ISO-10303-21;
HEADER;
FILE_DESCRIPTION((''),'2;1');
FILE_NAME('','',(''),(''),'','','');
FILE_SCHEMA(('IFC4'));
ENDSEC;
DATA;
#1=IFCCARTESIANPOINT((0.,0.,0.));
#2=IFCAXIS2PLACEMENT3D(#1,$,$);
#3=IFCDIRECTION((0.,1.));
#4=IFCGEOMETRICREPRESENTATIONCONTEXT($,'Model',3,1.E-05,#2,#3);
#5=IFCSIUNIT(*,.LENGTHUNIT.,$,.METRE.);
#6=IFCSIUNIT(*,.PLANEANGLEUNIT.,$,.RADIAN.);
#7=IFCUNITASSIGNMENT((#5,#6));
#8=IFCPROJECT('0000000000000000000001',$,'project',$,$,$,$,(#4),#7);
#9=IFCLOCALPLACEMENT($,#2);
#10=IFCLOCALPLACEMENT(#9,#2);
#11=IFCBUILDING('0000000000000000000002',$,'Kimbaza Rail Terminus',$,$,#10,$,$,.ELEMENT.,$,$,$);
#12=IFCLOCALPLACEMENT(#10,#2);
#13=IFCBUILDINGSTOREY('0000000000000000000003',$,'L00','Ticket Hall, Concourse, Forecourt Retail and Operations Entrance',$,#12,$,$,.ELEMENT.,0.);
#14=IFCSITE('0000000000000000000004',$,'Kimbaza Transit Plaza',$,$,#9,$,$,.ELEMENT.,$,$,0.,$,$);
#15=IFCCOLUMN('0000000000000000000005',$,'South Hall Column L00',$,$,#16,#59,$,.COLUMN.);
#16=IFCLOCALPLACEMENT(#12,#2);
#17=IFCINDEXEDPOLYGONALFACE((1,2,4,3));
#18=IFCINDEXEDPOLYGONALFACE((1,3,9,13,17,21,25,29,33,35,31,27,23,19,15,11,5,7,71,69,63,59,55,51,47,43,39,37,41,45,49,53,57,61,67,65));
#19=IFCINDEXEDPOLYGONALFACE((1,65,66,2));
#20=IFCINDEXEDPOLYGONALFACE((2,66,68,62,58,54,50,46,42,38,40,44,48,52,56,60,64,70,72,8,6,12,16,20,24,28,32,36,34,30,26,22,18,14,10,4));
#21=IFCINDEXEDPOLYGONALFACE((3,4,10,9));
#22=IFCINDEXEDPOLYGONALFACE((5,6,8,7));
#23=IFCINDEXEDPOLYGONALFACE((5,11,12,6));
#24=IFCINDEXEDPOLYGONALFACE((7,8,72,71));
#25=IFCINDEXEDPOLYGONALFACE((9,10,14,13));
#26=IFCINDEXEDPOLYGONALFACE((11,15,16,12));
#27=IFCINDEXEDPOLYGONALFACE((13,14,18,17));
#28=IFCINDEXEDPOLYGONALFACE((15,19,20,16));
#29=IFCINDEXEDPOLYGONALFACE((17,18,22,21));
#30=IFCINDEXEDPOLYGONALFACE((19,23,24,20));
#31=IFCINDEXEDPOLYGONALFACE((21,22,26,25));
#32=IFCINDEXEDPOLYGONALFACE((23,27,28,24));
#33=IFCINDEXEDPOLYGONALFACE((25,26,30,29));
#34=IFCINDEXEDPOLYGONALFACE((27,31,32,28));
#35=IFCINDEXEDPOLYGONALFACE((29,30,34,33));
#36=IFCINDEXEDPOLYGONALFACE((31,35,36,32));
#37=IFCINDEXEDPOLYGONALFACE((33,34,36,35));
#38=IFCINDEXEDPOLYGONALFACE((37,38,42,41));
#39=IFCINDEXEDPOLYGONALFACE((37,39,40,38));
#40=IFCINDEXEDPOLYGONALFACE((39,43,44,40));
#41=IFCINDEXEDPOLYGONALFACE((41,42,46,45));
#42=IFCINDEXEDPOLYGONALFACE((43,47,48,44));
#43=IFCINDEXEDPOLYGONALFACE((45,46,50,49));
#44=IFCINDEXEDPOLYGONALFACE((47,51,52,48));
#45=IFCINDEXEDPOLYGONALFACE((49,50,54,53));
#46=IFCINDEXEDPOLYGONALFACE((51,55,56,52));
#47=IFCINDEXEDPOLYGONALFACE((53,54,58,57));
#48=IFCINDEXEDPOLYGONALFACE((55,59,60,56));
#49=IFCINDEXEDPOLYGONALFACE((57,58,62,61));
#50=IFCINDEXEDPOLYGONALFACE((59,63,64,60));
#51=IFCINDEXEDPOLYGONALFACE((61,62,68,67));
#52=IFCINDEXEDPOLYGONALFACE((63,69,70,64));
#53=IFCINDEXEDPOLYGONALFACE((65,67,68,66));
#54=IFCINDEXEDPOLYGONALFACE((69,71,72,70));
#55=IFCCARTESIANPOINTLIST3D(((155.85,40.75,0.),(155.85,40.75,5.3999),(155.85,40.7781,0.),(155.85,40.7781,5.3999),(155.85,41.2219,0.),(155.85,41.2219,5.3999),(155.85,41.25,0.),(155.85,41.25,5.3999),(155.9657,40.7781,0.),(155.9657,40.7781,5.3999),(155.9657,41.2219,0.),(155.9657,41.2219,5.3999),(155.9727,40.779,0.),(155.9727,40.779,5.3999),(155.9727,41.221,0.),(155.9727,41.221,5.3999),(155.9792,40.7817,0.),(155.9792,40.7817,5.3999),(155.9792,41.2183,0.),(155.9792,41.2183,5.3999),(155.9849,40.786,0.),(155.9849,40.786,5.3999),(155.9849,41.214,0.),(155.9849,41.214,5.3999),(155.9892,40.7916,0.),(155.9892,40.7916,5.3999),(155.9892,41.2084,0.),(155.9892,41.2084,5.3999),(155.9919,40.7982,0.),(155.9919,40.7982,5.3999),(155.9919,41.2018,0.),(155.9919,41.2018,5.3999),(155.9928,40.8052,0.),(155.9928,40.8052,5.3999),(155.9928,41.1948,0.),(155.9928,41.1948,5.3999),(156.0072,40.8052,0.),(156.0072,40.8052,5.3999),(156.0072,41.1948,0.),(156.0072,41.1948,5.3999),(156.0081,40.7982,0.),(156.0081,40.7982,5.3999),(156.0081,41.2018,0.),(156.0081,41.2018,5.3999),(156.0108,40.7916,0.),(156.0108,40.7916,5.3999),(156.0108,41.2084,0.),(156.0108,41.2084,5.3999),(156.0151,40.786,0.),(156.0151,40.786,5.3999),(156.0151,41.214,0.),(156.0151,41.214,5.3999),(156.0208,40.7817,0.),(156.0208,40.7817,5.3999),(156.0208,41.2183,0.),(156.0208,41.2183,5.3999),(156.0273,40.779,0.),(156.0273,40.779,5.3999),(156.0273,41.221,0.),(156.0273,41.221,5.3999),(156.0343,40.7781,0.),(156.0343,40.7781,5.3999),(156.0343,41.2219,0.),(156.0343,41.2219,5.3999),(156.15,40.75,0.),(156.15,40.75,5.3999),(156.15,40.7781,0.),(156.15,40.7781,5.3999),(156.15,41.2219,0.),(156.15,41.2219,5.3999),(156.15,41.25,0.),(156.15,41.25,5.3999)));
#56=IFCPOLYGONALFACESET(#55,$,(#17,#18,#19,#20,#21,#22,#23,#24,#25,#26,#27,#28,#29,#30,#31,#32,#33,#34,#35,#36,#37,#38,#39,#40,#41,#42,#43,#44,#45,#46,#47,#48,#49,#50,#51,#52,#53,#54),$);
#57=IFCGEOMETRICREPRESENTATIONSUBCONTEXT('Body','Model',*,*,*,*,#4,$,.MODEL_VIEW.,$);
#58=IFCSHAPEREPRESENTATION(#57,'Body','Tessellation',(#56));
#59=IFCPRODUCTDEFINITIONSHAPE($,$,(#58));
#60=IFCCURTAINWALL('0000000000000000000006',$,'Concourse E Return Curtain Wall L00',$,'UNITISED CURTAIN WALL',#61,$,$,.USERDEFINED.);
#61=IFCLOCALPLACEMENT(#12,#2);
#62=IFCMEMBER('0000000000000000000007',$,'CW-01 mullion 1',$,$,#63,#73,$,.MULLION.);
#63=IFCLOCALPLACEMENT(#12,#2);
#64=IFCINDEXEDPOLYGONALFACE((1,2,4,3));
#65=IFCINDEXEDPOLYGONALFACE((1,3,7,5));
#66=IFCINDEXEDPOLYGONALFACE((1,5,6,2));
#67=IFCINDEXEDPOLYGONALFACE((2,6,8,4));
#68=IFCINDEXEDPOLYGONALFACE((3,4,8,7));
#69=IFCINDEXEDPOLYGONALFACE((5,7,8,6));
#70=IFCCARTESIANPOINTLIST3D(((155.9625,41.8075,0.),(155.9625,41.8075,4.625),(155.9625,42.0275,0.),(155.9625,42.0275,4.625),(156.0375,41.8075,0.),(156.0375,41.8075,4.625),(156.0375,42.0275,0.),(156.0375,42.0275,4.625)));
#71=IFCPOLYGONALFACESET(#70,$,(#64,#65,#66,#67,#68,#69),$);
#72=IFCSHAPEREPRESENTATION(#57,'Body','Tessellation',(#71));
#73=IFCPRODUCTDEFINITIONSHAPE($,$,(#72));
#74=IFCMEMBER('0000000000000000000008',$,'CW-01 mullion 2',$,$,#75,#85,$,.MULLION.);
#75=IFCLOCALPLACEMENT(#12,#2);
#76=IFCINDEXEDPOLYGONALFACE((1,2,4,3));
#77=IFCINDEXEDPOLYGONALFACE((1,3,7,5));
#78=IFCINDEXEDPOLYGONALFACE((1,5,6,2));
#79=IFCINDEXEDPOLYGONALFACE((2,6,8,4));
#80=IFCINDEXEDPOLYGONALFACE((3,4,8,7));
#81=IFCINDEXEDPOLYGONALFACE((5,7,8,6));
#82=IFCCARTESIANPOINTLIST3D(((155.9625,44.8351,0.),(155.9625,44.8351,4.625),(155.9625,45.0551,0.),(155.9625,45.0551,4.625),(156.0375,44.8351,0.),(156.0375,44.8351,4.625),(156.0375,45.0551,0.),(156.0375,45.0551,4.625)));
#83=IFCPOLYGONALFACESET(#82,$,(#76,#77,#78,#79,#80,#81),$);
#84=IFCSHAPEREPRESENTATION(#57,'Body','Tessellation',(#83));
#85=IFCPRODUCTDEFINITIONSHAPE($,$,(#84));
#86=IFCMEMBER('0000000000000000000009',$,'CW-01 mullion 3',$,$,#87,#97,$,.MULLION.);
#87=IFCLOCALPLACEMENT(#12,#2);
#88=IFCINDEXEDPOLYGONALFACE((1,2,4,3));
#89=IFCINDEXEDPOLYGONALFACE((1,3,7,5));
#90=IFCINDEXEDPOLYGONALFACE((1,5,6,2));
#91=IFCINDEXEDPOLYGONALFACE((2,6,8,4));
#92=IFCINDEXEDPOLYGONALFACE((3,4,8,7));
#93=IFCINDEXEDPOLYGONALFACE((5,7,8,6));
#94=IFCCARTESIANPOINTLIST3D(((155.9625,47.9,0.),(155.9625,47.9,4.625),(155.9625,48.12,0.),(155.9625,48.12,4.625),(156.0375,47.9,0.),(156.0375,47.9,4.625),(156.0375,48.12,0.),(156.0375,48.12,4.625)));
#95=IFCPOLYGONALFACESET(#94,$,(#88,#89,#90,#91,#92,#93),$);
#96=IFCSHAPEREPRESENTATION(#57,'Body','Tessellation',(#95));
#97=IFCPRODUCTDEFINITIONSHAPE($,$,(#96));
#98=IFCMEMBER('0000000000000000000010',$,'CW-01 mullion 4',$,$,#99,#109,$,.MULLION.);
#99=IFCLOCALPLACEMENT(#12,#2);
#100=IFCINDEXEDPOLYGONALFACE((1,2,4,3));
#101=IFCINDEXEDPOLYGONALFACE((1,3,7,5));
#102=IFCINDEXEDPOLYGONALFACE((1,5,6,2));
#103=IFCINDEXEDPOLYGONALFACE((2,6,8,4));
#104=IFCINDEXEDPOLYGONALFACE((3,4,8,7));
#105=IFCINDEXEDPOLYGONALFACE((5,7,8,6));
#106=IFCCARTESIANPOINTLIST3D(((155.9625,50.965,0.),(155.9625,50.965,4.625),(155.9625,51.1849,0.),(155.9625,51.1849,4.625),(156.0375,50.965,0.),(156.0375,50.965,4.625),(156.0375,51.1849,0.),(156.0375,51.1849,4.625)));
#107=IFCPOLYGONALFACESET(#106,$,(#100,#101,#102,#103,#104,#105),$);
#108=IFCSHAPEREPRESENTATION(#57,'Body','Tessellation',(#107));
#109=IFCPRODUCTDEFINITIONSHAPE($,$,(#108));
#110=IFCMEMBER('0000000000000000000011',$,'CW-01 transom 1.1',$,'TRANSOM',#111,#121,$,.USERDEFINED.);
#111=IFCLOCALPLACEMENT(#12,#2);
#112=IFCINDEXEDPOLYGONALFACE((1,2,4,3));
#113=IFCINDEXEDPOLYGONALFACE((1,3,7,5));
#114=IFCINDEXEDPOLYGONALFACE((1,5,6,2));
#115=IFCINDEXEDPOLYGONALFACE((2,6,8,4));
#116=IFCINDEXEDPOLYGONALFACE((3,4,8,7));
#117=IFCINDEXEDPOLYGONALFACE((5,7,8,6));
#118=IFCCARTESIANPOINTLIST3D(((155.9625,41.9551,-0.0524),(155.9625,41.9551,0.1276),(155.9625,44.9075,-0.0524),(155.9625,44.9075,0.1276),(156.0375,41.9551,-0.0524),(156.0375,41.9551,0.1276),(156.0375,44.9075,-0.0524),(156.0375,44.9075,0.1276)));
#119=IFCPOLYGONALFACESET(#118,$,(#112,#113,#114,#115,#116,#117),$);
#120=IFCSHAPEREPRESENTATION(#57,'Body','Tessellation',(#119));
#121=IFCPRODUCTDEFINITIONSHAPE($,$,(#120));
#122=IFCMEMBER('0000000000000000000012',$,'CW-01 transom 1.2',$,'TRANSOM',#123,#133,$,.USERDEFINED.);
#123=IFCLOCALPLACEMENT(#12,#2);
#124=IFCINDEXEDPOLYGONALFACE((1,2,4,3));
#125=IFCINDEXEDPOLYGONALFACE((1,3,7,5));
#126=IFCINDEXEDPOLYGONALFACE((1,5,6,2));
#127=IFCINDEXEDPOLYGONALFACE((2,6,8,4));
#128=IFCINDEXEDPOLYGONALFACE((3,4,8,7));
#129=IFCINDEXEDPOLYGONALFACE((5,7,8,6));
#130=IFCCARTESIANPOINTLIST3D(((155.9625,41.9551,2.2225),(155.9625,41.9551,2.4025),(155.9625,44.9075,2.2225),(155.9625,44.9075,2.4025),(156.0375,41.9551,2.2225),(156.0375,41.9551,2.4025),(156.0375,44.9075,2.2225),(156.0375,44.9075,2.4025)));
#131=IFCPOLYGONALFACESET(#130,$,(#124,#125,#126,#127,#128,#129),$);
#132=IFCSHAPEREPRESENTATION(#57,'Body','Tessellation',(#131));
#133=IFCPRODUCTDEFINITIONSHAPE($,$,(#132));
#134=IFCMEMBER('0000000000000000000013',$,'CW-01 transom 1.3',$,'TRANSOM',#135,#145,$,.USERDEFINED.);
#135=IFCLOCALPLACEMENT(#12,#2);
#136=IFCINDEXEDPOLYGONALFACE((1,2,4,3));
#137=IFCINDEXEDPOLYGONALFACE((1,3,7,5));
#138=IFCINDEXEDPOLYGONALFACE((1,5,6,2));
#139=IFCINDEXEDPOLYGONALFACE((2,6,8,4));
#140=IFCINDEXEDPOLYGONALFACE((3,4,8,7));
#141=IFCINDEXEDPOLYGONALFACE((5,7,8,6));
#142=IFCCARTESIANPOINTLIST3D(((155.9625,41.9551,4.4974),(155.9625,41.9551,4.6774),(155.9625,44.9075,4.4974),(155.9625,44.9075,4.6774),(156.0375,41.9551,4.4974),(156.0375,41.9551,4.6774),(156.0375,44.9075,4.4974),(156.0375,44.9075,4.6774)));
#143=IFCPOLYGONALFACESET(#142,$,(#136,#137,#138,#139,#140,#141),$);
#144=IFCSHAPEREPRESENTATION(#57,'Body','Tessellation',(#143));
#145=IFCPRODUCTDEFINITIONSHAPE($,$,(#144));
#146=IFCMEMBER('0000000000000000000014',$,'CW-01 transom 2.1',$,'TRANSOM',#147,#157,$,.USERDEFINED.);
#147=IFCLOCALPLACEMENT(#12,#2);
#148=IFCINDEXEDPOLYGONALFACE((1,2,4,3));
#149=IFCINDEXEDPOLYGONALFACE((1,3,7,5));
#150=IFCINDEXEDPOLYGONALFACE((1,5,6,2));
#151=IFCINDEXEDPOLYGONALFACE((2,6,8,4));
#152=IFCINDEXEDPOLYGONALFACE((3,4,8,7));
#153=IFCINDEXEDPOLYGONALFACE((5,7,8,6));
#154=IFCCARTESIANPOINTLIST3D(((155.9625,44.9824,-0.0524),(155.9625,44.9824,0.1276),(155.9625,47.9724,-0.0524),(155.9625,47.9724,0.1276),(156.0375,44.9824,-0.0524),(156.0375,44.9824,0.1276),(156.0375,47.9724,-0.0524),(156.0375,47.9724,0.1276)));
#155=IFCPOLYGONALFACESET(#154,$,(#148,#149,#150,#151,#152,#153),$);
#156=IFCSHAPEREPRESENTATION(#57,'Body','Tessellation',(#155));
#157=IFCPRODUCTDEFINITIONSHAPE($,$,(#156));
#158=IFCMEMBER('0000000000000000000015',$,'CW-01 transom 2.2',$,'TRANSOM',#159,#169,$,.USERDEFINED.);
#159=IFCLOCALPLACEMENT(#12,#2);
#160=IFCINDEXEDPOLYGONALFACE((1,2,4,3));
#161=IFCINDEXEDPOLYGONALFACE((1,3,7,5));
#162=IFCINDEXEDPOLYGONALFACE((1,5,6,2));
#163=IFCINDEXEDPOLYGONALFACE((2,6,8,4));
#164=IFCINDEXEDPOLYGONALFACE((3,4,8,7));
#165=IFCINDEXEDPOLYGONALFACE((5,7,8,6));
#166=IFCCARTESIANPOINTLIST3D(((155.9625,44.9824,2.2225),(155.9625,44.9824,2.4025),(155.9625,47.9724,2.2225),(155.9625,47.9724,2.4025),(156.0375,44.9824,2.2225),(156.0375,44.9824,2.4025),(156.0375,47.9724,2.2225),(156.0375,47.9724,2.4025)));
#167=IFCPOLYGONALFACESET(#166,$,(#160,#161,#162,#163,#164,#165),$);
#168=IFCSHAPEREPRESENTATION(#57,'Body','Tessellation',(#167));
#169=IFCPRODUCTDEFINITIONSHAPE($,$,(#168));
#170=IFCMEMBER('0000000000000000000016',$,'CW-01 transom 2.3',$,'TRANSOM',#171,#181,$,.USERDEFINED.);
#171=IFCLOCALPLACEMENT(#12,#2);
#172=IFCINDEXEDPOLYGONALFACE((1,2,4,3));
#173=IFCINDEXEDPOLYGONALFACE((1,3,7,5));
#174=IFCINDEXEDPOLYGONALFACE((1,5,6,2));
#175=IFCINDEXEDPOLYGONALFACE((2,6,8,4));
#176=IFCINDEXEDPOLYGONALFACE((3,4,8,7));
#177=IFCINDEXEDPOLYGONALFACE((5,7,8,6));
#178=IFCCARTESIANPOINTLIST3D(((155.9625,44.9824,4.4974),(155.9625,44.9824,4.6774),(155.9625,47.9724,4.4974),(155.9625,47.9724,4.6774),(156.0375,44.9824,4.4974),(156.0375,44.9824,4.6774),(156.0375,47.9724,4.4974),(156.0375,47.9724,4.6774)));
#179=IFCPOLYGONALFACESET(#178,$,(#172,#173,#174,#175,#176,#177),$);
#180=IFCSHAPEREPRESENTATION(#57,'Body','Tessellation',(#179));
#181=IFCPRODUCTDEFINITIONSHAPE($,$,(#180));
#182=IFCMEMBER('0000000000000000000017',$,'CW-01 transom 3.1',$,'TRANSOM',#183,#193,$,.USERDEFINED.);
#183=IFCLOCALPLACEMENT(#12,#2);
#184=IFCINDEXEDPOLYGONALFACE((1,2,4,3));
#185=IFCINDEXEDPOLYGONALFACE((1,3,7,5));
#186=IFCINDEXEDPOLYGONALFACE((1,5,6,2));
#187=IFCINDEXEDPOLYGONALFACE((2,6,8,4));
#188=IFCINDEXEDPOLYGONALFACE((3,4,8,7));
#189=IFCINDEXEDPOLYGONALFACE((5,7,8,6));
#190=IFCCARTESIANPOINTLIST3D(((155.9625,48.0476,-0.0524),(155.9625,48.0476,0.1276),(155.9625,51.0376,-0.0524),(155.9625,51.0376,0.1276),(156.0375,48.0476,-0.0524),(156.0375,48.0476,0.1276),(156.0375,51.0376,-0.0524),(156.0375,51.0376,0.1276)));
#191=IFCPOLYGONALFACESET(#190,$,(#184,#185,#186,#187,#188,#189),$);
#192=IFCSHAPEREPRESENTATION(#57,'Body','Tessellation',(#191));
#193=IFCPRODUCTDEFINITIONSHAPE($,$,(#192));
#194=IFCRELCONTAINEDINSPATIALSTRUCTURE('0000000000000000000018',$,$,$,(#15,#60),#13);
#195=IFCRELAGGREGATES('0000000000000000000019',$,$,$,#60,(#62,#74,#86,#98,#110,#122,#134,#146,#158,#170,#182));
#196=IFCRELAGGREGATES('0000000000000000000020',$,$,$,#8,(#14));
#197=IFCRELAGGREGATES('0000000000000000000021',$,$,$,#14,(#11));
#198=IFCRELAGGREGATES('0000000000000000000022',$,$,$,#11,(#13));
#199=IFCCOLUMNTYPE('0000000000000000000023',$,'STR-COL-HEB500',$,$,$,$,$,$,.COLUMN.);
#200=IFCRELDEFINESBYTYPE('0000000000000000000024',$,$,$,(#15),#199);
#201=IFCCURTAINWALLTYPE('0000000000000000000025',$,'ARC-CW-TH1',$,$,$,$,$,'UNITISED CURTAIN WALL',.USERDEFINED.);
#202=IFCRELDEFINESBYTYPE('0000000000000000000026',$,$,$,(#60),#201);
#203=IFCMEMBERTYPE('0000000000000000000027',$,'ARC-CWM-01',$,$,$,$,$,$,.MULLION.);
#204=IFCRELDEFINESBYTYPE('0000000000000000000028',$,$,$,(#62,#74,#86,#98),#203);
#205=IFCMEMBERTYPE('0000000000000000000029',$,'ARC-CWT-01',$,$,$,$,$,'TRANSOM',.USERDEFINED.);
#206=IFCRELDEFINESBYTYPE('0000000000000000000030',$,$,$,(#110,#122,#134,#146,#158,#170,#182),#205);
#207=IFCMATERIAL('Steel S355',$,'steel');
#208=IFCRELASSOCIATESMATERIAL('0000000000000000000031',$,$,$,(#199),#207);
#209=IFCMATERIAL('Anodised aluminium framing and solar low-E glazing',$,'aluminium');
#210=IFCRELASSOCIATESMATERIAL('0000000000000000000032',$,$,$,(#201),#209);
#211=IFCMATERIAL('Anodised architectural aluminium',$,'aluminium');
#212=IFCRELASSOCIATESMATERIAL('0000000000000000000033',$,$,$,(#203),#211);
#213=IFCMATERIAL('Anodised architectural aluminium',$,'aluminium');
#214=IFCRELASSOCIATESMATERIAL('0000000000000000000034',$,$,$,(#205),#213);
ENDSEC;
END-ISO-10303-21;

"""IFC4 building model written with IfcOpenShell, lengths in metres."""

from ifc_helpers import new_model, si_unit, direction, frame, origin, origin_2d, place, context, subcontext, project, spatial, rectangle, i_section, extrude, material, material_profile, profile_set, type_object, element, aggregate, save


model = new_model("IFC4")

# Units and contexts
model_context = context("Model", 3, precision=1e-05, world=origin(), true_north=direction((0.0, 1.0)))
body_context = subcontext(model_context, "Body", "Model", "MODEL_VIEW")
ifc_project = project(units=[si_unit("LENGTHUNIT", "METRE"), si_unit("PLANEANGLEUNIT", "RADIAN")], contexts=[model_context])

# Site, building, storey
site_placement = place(None, origin())
site = spatial("IfcSite", under=ifc_project, at=site_placement, Name="Kimbaza Transit Plaza", CompositionType="ELEMENT", RefElevation=0.0)
building_placement = place(site_placement, origin())
building = spatial("IfcBuilding", under=site, at=building_placement, Name="Kimbaza Rail Terminus", CompositionType="ELEMENT")
storey_placement = place(building_placement, origin())
storey = spatial("IfcBuildingStorey", under=building, at=storey_placement, Name="L00", Description="Ticket Hall, Concourse, Forecourt Retail and Operations Entrance", CompositionType="ELEMENT", Elevation=0.0)

# Column
ifc_material_1 = material(Name="Steel S355", Category="steel")
ifc_material_profile_1 = material_profile(ifc_material_1, i_section(OverallWidth=0.3, OverallDepth=0.5, WebThickness=0.0144, FlangeThickness=0.0281, FilletRadius=0.0271, at=origin_2d()), Name="HEB 500")
ifc_profile_set_1 = profile_set([ifc_material_profile_1], Name="Steel S355")
column_type = type_object("IfcColumnType", Name="STR-COL-HEB500", PredefinedType="COLUMN", material=ifc_profile_set_1)
column_placement = place(storey_placement, frame((156.0, 41.0, 0.0), z_axis=(0.0, 0.0, 1.0), x_axis=(1.0, 0.0, 0.0)))
element("IfcColumn", 1, at=column_placement, inside=storey, type_object=column_type, Name="South Hall Column L00", PredefinedType="COLUMN", context=body_context, shape_type="SweptSolid", body=[
    extrude(i_section(OverallWidth=0.3, OverallDepth=0.5, WebThickness=0.0144, FlangeThickness=0.0281, FilletRadius=0.0271, at=origin_2d()), origin(), (0.0, 0.0, 1.0), 5.3999),
])

# Curtain wall, members
ifc_material_2 = material(Name="Anodised aluminium framing and solar low-E glazing", Category="aluminium")
curtain_wall_type = type_object("IfcCurtainWallType", Name="ARC-CW-TH1", ElementType="UNITISED CURTAIN WALL", PredefinedType="USERDEFINED", material=ifc_material_2)
curtain_wall_placement = place(storey_placement, origin())
curtain_wall = element("IfcCurtainWall", 2, at=curtain_wall_placement, inside=storey, type_object=curtain_wall_type, Name="Concourse E Return Curtain Wall L00", ObjectType="UNITISED CURTAIN WALL", PredefinedType="USERDEFINED")
ifc_material_3 = material(Name="Anodised architectural aluminium", Category="aluminium")
ifc_material_profile_2 = material_profile(ifc_material_3, rectangle(XDim=0.075, YDim=0.22, at=origin_2d()), Name="MULLION 75x220")
ifc_profile_set_2 = profile_set([ifc_material_profile_2], Name="Anodised architectural aluminium")
member_type_1 = type_object("IfcMemberType", Name="ARC-CWM-01", PredefinedType="MULLION", material=ifc_profile_set_2)
member_1_placement = place(storey_placement, frame((156.0, 41.9175, 0.0), z_axis=(0.0, 0.0, 1.0), x_axis=(-1.0, 0.0, 0.0)))
member_1 = element("IfcMember", 3, at=member_1_placement, type_object=member_type_1, Name="CW-01 mullion 1", PredefinedType="MULLION", context=body_context, shape_type="SweptSolid", body=[
    extrude(rectangle(XDim=0.075, YDim=0.22, at=origin_2d()), origin(), (0.0, 0.0, 1.0), 4.625),
])
member_2_placement = place(storey_placement, frame((156.0, 44.9451, 0.0), z_axis=(0.0, 0.0, 1.0), x_axis=(-1.0, 0.0, 0.0)))
member_2 = element("IfcMember", 4, at=member_2_placement, type_object=member_type_1, Name="CW-01 mullion 2", PredefinedType="MULLION", context=body_context, shape_type="SweptSolid", body=[
    extrude(rectangle(XDim=0.075, YDim=0.22, at=origin_2d()), origin(), (0.0, 0.0, 1.0), 4.625),
])
member_3_placement = place(storey_placement, frame((156.0, 48.01, 0.0), z_axis=(0.0, 0.0, 1.0), x_axis=(-1.0, 0.0, 0.0)))
member_3 = element("IfcMember", 5, at=member_3_placement, type_object=member_type_1, Name="CW-01 mullion 3", PredefinedType="MULLION", context=body_context, shape_type="SweptSolid", body=[
    extrude(rectangle(XDim=0.075, YDim=0.22, at=origin_2d()), origin(), (0.0, 0.0, 1.0), 4.625),
])
member_4_placement = place(storey_placement, frame((156.0, 51.075, 0.0), z_axis=(0.0, 0.0, 1.0), x_axis=(-1.0, 0.0, 0.0)))
member_4 = element("IfcMember", 6, at=member_4_placement, type_object=member_type_1, Name="CW-01 mullion 4", PredefinedType="MULLION", context=body_context, shape_type="SweptSolid", body=[
    extrude(rectangle(XDim=0.075, YDim=0.22, at=origin_2d()), origin(), (0.0, 0.0, 1.0), 4.625),
])
ifc_material_4 = material(Name="Anodised architectural aluminium", Category="aluminium")
ifc_material_profile_3 = material_profile(ifc_material_4, rectangle(XDim=0.075, YDim=0.1799, at=origin_2d()), Name="TRANSOM 75x180")
ifc_profile_set_3 = profile_set([ifc_material_profile_3], Name="Anodised architectural aluminium")
member_type_2 = type_object("IfcMemberType", Name="ARC-CWT-01", ElementType="TRANSOM", PredefinedType="USERDEFINED", material=ifc_profile_set_3)
member_5_placement = place(storey_placement, frame((156.0, 41.9551, 0.0376), z_axis=(0.0, 1.0, 0.0), x_axis=(-1.0, 0.0, 0.0)))
member_5 = element("IfcMember", 7, at=member_5_placement, type_object=member_type_2, Name="CW-01 transom 1.1", ObjectType="TRANSOM", PredefinedType="USERDEFINED", context=body_context, shape_type="SweptSolid", body=[
    extrude(rectangle(XDim=0.075, YDim=0.1799, at=origin_2d()), origin(), (0.0, 0.0, 1.0), 2.9524),
])
member_6_placement = place(storey_placement, frame((156.0, 41.9551, 2.3125), z_axis=(0.0, 1.0, 0.0), x_axis=(-1.0, 0.0, 0.0)))
member_6 = element("IfcMember", 8, at=member_6_placement, type_object=member_type_2, Name="CW-01 transom 1.2", ObjectType="TRANSOM", PredefinedType="USERDEFINED", context=body_context, shape_type="SweptSolid", body=[
    extrude(rectangle(XDim=0.075, YDim=0.1799, at=origin_2d()), origin(), (0.0, 0.0, 1.0), 2.9524),
])
member_7_placement = place(storey_placement, frame((156.0, 41.9551, 4.5874), z_axis=(0.0, 1.0, 0.0), x_axis=(-1.0, 0.0, 0.0)))
member_7 = element("IfcMember", 9, at=member_7_placement, type_object=member_type_2, Name="CW-01 transom 1.3", ObjectType="TRANSOM", PredefinedType="USERDEFINED", context=body_context, shape_type="SweptSolid", body=[
    extrude(rectangle(XDim=0.075, YDim=0.1799, at=origin_2d()), origin(), (0.0, 0.0, 1.0), 2.9524),
])
member_8_placement = place(storey_placement, frame((156.0, 44.9824, 0.0376), z_axis=(0.0, 1.0, 0.0), x_axis=(-1.0, 0.0, 0.0)))
member_8 = element("IfcMember", 10, at=member_8_placement, type_object=member_type_2, Name="CW-01 transom 2.1", ObjectType="TRANSOM", PredefinedType="USERDEFINED", context=body_context, shape_type="SweptSolid", body=[
    extrude(rectangle(XDim=0.075, YDim=0.1799, at=origin_2d()), origin(), (0.0, 0.0, 1.0), 2.99),
])
member_9_placement = place(storey_placement, frame((156.0, 44.9824, 2.3125), z_axis=(0.0, 1.0, 0.0), x_axis=(-1.0, 0.0, 0.0)))
member_9 = element("IfcMember", 11, at=member_9_placement, type_object=member_type_2, Name="CW-01 transom 2.2", ObjectType="TRANSOM", PredefinedType="USERDEFINED", context=body_context, shape_type="SweptSolid", body=[
    extrude(rectangle(XDim=0.075, YDim=0.1799, at=origin_2d()), origin(), (0.0, 0.0, 1.0), 2.99),
])
member_10_placement = place(storey_placement, frame((156.0, 44.9824, 4.5874), z_axis=(0.0, 1.0, 0.0), x_axis=(-1.0, 0.0, 0.0)))
member_10 = element("IfcMember", 12, at=member_10_placement, type_object=member_type_2, Name="CW-01 transom 2.3", ObjectType="TRANSOM", PredefinedType="USERDEFINED", context=body_context, shape_type="SweptSolid", body=[
    extrude(rectangle(XDim=0.075, YDim=0.1799, at=origin_2d()), origin(), (0.0, 0.0, 1.0), 2.99),
])
member_11_placement = place(storey_placement, frame((156.0, 48.0476, 0.0376), z_axis=(0.0, 1.0, 0.0), x_axis=(-1.0, 0.0, 0.0)))
member_11 = element("IfcMember", 13, at=member_11_placement, type_object=member_type_2, Name="CW-01 transom 3.1", ObjectType="TRANSOM", PredefinedType="USERDEFINED", context=body_context, shape_type="SweptSolid", body=[
    extrude(rectangle(XDim=0.075, YDim=0.1799, at=origin_2d()), origin(), (0.0, 0.0, 1.0), 2.99),
])

aggregate(curtain_wall, [member_1, member_2, member_3, member_4, member_5, member_6, member_7, member_8, member_9, member_10, member_11])

save(model, "model.ifc")
